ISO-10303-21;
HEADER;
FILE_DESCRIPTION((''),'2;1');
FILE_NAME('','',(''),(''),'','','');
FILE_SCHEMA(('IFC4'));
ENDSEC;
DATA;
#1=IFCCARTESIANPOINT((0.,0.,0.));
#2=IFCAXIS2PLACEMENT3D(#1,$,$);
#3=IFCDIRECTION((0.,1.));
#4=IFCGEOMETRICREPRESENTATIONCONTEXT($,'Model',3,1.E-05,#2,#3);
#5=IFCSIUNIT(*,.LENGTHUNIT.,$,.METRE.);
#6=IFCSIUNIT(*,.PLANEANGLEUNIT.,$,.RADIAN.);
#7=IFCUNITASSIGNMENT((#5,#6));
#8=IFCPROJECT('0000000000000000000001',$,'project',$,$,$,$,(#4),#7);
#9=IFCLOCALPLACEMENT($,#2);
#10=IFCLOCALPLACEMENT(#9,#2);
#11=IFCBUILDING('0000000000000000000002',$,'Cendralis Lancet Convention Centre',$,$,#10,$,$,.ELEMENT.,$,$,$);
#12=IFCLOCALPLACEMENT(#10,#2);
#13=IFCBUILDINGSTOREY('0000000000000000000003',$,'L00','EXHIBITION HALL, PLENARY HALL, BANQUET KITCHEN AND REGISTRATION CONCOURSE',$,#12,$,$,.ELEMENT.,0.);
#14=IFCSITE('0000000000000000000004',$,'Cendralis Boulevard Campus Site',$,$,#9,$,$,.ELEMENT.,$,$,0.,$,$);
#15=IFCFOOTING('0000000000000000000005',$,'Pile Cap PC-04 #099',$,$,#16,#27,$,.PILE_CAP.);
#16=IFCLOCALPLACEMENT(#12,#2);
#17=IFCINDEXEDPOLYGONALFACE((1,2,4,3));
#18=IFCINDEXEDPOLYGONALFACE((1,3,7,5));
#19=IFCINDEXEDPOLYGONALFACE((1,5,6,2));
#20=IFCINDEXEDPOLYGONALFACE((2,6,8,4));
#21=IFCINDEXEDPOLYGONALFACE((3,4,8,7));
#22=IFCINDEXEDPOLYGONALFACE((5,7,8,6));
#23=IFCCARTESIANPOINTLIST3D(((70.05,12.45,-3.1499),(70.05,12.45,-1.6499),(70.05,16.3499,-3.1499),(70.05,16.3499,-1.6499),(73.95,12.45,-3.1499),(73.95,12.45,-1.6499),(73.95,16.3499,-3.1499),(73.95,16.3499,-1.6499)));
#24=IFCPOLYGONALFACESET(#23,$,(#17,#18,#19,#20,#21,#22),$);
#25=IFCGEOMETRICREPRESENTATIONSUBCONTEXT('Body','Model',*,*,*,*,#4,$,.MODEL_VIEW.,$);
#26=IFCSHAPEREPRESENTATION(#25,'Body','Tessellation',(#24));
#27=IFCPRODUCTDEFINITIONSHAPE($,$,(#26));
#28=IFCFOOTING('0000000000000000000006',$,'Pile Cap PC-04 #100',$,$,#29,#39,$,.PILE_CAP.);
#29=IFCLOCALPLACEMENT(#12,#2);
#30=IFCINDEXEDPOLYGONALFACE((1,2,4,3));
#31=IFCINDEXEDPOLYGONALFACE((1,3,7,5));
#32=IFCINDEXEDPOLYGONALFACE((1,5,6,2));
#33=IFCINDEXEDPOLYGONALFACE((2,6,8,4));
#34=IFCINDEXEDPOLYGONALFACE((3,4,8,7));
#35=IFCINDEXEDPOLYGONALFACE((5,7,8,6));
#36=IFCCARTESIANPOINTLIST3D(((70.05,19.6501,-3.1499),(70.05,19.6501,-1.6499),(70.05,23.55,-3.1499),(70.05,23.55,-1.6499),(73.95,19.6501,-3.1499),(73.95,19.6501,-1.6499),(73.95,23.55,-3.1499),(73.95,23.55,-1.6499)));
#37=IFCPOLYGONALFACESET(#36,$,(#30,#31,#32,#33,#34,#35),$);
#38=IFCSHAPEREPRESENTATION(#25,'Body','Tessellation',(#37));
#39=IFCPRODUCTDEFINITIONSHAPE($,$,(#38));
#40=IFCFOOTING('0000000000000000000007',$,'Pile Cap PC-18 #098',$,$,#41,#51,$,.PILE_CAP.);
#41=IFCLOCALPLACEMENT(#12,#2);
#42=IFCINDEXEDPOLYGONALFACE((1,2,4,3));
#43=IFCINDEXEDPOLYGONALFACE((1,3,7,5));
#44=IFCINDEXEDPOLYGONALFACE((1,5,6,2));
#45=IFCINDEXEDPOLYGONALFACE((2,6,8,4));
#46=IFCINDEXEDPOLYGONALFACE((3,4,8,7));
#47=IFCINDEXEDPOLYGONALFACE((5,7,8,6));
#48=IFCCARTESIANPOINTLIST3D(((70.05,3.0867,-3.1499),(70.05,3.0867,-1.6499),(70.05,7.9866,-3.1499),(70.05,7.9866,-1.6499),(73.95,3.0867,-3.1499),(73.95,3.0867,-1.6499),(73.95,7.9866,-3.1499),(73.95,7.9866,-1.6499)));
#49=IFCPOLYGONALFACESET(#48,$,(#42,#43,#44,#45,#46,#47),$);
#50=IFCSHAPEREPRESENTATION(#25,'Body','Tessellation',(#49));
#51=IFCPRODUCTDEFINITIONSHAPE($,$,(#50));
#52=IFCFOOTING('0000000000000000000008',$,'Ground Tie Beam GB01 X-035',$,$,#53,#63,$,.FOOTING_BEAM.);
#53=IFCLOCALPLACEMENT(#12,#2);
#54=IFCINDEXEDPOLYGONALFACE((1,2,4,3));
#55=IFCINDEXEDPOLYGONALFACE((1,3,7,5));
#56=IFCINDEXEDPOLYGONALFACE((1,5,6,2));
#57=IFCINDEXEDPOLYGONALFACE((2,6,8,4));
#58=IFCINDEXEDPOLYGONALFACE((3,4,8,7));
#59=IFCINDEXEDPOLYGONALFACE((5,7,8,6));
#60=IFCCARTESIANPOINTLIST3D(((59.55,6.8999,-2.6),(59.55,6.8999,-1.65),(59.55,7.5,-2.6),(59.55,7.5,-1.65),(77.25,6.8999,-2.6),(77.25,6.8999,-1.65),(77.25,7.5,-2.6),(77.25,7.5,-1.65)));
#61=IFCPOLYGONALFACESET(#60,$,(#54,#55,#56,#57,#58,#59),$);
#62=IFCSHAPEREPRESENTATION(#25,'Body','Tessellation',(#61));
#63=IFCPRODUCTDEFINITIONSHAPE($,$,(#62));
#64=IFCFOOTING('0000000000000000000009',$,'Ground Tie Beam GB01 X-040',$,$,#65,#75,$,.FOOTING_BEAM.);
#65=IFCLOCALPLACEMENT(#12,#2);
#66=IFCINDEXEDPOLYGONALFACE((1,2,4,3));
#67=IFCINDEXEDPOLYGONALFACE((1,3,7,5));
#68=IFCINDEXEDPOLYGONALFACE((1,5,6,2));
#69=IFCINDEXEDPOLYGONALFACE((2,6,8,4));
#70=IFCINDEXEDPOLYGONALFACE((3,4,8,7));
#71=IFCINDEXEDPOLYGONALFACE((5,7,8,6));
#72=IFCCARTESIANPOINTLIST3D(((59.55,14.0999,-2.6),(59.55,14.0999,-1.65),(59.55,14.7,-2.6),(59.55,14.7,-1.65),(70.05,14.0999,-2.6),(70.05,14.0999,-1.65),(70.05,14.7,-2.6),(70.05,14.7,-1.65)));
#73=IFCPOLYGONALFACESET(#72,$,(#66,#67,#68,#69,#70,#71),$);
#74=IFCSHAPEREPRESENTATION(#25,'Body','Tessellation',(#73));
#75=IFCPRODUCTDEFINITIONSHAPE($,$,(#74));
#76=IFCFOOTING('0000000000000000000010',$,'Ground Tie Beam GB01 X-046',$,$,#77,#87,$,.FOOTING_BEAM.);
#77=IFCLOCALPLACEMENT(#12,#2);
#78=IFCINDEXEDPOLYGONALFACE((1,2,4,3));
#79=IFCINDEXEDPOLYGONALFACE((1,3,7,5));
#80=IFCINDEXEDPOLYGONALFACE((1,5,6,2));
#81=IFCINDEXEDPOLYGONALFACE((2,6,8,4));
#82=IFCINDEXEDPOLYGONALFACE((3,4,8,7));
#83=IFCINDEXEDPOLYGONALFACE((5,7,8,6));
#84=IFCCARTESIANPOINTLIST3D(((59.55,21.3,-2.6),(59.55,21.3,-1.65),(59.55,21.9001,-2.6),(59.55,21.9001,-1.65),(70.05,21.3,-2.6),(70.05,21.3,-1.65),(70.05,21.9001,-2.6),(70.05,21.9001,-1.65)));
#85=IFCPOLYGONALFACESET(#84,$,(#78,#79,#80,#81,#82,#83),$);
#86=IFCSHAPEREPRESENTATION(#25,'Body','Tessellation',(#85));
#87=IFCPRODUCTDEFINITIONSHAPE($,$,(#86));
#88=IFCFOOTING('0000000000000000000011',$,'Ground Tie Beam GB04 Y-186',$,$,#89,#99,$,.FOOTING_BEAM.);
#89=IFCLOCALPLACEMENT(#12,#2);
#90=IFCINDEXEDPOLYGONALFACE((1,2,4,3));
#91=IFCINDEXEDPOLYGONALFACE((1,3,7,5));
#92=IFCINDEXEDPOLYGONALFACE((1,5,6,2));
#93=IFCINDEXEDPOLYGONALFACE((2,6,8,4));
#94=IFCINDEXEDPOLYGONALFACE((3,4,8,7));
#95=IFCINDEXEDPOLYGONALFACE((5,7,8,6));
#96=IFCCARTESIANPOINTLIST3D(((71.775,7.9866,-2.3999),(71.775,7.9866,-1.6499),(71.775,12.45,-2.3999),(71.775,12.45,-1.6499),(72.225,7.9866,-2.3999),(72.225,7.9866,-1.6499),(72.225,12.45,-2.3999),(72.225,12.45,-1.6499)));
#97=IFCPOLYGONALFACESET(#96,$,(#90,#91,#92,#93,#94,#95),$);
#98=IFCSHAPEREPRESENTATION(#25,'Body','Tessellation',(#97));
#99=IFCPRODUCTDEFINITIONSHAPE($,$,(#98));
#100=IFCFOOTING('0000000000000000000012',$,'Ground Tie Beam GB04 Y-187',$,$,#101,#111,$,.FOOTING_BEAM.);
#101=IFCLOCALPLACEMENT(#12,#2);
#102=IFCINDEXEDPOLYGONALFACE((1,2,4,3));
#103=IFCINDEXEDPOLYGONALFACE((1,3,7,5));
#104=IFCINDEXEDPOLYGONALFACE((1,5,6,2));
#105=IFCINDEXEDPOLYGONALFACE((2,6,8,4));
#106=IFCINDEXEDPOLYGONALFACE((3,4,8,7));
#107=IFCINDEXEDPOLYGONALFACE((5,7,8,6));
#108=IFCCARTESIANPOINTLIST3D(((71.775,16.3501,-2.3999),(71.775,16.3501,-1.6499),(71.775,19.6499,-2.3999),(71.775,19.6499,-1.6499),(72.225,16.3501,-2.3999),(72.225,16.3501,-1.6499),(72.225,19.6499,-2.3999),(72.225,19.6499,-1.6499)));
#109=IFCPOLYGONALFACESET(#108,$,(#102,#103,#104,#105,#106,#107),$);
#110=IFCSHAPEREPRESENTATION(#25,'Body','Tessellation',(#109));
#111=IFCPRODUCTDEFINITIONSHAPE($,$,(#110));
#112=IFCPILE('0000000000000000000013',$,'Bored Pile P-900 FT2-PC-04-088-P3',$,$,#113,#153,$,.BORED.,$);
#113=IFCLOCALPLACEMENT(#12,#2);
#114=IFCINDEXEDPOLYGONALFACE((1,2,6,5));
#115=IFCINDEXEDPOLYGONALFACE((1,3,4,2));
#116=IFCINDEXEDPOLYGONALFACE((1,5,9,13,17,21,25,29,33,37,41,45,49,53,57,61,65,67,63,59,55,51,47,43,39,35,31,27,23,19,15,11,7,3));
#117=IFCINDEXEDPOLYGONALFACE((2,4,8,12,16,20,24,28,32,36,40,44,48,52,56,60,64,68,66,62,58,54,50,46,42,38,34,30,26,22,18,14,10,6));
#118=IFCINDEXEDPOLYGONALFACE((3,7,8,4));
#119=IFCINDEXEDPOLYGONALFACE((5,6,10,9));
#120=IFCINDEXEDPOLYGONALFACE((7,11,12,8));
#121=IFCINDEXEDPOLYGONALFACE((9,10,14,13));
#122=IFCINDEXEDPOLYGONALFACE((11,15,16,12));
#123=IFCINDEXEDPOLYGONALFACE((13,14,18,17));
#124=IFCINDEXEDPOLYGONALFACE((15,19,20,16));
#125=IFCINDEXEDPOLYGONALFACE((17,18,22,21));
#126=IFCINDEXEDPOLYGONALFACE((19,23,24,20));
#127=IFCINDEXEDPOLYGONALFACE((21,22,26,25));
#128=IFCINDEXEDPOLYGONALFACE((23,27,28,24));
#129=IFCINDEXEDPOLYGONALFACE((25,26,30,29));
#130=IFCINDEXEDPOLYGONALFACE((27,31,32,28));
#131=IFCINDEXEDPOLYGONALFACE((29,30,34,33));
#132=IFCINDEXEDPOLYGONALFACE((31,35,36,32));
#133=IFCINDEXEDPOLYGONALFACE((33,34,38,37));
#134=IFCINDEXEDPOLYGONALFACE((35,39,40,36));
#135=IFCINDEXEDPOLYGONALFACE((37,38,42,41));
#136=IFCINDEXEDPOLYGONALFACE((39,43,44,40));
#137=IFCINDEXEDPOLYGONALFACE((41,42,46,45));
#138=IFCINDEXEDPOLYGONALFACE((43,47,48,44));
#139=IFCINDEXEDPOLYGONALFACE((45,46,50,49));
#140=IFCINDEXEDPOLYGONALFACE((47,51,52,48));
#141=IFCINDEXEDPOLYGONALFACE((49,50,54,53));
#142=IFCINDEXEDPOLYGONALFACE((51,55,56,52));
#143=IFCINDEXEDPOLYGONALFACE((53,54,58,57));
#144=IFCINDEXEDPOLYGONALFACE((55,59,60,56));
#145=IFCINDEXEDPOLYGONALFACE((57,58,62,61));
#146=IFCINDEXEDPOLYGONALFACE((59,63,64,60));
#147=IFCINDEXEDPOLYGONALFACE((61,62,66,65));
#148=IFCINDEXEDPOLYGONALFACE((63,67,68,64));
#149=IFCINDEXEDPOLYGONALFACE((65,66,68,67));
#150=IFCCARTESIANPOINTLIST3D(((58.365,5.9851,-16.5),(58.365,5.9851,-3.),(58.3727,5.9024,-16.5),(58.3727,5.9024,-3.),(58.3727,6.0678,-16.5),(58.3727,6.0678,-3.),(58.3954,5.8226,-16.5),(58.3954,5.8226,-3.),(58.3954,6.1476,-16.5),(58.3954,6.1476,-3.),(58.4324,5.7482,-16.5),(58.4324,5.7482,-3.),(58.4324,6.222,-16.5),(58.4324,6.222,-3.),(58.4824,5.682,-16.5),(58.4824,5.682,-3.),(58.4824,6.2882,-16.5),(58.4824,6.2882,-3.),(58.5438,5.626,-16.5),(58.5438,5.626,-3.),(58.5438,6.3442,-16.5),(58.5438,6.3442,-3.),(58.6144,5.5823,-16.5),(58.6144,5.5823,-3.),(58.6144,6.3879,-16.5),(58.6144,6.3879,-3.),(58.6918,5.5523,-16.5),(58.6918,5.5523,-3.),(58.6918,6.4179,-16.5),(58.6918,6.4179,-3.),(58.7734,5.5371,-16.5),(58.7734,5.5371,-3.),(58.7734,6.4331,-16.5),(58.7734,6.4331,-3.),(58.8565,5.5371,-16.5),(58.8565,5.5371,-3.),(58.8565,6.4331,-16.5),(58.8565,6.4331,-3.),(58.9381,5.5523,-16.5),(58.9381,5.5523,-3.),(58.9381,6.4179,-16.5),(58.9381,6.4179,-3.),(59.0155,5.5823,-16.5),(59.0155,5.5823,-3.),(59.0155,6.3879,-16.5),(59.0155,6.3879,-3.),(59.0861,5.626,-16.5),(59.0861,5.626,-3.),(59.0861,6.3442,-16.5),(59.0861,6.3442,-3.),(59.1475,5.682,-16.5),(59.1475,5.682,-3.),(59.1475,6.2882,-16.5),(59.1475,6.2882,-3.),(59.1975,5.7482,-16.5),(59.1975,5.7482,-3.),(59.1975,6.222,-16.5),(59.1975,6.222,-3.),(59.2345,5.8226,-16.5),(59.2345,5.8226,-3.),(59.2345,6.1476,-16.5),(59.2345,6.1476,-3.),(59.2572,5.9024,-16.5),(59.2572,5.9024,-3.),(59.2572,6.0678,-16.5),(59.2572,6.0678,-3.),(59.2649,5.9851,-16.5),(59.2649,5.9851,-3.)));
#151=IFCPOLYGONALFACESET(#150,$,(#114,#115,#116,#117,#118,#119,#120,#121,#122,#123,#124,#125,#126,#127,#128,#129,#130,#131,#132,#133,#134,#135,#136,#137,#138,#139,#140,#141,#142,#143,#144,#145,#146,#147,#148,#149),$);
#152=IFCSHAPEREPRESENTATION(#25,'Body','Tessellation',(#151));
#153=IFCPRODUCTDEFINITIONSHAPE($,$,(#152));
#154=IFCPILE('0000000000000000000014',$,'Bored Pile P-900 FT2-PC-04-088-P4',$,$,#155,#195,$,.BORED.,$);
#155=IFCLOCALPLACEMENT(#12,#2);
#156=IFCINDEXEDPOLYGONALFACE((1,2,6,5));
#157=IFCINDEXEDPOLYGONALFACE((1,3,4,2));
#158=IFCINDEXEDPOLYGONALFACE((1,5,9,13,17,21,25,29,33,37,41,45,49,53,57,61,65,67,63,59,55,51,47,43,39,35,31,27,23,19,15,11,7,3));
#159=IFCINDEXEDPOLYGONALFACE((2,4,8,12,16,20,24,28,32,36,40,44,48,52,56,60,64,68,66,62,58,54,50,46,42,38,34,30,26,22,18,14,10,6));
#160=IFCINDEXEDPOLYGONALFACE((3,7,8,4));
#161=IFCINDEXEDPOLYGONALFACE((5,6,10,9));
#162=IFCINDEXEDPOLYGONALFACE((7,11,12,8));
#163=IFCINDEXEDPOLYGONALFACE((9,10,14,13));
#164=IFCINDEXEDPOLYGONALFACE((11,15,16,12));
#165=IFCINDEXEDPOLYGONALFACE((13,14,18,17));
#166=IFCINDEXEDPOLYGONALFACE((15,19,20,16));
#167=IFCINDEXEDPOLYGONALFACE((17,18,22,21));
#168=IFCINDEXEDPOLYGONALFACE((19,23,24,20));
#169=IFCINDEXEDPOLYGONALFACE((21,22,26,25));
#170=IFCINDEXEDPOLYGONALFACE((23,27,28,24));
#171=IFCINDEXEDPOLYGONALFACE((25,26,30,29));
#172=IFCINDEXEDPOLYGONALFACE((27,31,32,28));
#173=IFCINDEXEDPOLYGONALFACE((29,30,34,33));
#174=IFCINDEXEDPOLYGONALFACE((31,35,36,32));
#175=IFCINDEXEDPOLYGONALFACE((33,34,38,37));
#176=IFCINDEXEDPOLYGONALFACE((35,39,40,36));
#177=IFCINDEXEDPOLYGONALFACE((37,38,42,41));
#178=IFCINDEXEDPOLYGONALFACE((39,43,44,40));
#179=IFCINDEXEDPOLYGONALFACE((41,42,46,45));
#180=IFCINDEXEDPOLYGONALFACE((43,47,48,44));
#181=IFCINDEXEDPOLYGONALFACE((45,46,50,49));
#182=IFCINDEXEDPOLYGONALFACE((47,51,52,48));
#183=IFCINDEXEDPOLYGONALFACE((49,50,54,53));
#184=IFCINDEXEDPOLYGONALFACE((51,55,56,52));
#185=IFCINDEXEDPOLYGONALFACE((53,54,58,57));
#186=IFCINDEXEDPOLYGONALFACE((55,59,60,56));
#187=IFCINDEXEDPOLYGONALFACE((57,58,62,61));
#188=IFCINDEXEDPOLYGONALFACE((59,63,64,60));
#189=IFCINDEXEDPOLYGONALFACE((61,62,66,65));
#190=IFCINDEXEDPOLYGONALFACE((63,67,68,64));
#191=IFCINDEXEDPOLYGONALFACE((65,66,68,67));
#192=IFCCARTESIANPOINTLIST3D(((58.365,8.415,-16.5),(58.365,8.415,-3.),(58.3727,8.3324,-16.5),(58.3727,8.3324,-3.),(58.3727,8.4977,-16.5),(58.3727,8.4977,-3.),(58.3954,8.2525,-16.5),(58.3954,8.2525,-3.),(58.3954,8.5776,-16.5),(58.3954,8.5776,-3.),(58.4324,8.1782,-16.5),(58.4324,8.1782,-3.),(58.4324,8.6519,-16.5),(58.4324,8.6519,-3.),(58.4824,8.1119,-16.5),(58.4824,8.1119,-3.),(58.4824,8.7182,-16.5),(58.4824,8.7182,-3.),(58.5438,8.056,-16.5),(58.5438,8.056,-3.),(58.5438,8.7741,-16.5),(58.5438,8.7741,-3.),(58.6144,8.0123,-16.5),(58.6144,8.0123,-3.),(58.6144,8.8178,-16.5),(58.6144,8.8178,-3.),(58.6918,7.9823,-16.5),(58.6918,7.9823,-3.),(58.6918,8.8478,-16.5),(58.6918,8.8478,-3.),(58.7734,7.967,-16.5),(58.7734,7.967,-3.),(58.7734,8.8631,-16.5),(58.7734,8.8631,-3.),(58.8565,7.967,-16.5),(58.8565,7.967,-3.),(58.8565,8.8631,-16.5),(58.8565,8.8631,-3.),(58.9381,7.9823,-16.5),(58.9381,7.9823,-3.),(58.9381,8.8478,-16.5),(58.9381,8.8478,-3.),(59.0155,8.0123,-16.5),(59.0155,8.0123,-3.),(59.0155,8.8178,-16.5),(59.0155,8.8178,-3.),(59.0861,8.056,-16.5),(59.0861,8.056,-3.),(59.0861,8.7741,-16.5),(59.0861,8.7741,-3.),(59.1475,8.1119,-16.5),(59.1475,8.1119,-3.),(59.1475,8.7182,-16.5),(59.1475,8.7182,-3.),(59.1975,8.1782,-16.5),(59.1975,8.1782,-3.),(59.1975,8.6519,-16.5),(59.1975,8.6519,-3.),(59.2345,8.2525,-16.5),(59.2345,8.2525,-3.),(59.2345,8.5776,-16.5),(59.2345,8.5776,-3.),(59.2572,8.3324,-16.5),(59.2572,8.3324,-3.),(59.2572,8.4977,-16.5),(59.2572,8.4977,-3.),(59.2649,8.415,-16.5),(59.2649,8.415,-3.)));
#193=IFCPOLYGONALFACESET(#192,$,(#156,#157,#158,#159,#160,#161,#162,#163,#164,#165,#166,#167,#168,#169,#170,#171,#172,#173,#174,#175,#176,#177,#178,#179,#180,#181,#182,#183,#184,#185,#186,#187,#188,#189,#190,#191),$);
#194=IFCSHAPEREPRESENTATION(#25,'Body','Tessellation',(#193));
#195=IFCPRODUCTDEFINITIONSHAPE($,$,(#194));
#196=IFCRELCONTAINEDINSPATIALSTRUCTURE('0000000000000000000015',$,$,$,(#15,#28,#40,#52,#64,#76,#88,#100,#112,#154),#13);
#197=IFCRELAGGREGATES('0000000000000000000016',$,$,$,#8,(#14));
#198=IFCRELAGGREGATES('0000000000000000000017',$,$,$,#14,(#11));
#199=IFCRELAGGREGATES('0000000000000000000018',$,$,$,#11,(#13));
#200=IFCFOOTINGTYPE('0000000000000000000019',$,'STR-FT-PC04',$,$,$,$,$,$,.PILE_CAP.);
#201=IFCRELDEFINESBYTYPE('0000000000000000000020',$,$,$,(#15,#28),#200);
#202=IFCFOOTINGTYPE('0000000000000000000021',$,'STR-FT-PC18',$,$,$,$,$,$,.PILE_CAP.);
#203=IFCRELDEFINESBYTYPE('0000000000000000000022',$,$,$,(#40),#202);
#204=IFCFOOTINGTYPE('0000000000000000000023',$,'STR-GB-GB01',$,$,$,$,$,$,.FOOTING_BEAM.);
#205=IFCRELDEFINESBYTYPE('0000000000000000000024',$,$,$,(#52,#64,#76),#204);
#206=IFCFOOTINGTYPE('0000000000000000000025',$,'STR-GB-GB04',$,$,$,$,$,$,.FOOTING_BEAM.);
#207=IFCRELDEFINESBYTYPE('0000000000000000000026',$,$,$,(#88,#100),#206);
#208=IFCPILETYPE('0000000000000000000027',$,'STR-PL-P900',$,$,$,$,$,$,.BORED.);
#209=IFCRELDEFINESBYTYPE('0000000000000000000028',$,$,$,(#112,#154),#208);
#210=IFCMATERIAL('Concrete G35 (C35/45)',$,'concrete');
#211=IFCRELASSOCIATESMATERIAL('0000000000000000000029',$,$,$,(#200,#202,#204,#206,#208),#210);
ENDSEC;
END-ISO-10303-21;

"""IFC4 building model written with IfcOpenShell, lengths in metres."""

from ifc_helpers import new_model, si_unit, direction, frame, origin, origin_2d, place, context, subcontext, project, spatial, rectangle, circle, extrude, material, material_profile, profile_set, type_object, element, save


model = new_model("IFC4")

# Units and contexts
model_context = context("Model", 3, precision=1e-05, world=origin(), true_north=direction((0.0, 1.0)))
body_context = subcontext(model_context, "Body", "Model", "MODEL_VIEW")
ifc_project = project(units=[si_unit("LENGTHUNIT", "METRE"), si_unit("PLANEANGLEUNIT", "RADIAN")], contexts=[model_context])

# Site, building, storey
site_placement = place(None, origin())
site = spatial("IfcSite", under=ifc_project, at=site_placement, Name="Cendralis Boulevard Campus Site", CompositionType="ELEMENT", RefElevation=0.0)
building_placement = place(site_placement, origin())
building = spatial("IfcBuilding", under=site, at=building_placement, Name="Cendralis Lancet Convention Centre", CompositionType="ELEMENT")
storey_placement = place(building_placement, origin())
storey = spatial("IfcBuildingStorey", under=building, at=storey_placement, Name="L00", Description="EXHIBITION HALL, PLENARY HALL, BANQUET KITCHEN AND REGISTRATION CONCOURSE", CompositionType="ELEMENT", Elevation=0.0)

# Footings
ifc_material_1 = material(Name="Concrete G35 (C35/45)", Category="concrete")
footing_type_1 = type_object("IfcFootingType", Name="STR-FT-PC04", PredefinedType="PILE_CAP", material=ifc_material_1)
for number, where, z_axis, x_axis, name in (
    (1, (72.0, 14.3999, -3.1499), (0.0, 0.0, 1.0), (1.0, 0.0, 0.0), "Pile Cap PC-04 #099"),
    (2, (72.0, 21.6001, -3.1499), (0.0, 0.0, 1.0), (1.0, 0.0, 0.0), "Pile Cap PC-04 #100"),
):
    element("IfcFooting", number, at=place(storey_placement, frame(where, z_axis=z_axis, x_axis=x_axis)), inside=storey, type_object=footing_type_1, Name=name, PredefinedType="PILE_CAP", context=body_context, shape_type="SweptSolid", body=[
        extrude(rectangle(XDim=3.8999, YDim=3.8999, at=origin_2d()), origin(), (0.0, 0.0, 1.0), 1.5),
    ])
footing_type_2 = type_object("IfcFootingType", Name="STR-FT-PC18", PredefinedType="PILE_CAP", material=ifc_material_1)
footing_1_placement = place(storey_placement, frame((72.0, 5.5366, -3.1499), z_axis=(0.0, 0.0, 1.0), x_axis=(1.0, 0.0, 0.0)))
element("IfcFooting", 3, at=footing_1_placement, inside=storey, type_object=footing_type_2, Name="Pile Cap PC-18 #098", PredefinedType="PILE_CAP", context=body_context, shape_type="SweptSolid", body=[
    extrude(rectangle(XDim=3.8999, YDim=4.8999, at=origin_2d()), origin(), (0.0, 0.0, 1.0), 1.5),
])
ifc_material_profile_1 = material_profile(ifc_material_1, rectangle(XDim=0.6001, YDim=0.95, at=origin_2d()), Name="RCB 600x950")
ifc_profile_set_1 = profile_set([ifc_material_profile_1], Name="Concrete G35 (C35/45)")
footing_type_3 = type_object("IfcFootingType", Name="STR-GB-GB01", PredefinedType="FOOTING_BEAM", material=ifc_profile_set_1)
footing_2_placement = place(storey_placement, frame((59.55, 7.2, -2.125), z_axis=(1.0, 0.0, 0.0), x_axis=(0.0, 1.0, 0.0)))
element("IfcFooting", 4, at=footing_2_placement, inside=storey, type_object=footing_type_3, Name="Ground Tie Beam GB01 X-035", PredefinedType="FOOTING_BEAM", context=body_context, shape_type="SweptSolid", body=[
    extrude(rectangle(XDim=0.6001, YDim=0.95, at=origin_2d()), origin(), (0.0, 0.0, 1.0), 17.7),
])
for number, where, z_axis, x_axis, name in (
    (5, (59.55, 14.3999, -2.125), (1.0, 0.0, 0.0), (0.0, 1.0, 0.0), "Ground Tie Beam GB01 X-040"),
    (6, (59.55, 21.6001, -2.125), (1.0, 0.0, 0.0), (0.0, 1.0, 0.0), "Ground Tie Beam GB01 X-046"),
):
    element("IfcFooting", number, at=place(storey_placement, frame(where, z_axis=z_axis, x_axis=x_axis)), inside=storey, type_object=footing_type_3, Name=name, PredefinedType="FOOTING_BEAM", context=body_context, shape_type="SweptSolid", body=[
        extrude(rectangle(XDim=0.6001, YDim=0.95, at=origin_2d()), origin(), (0.0, 0.0, 1.0), 10.5),
    ])
ifc_material_profile_2 = material_profile(ifc_material_1, rectangle(XDim=0.45, YDim=0.75, at=origin_2d()), Name="RCB 450x750")
ifc_profile_set_2 = profile_set([ifc_material_profile_2], Name="Concrete G35 (C35/45)")
footing_type_4 = type_object("IfcFootingType", Name="STR-GB-GB04", PredefinedType="FOOTING_BEAM", material=ifc_profile_set_2)
footing_3_placement = place(storey_placement, frame((72.0, 7.9866, -2.0249), z_axis=(0.0, 1.0, 0.0), x_axis=(-1.0, 0.0, 0.0)))
element("IfcFooting", 7, at=footing_3_placement, inside=storey, type_object=footing_type_4, Name="Ground Tie Beam GB04 Y-186", PredefinedType="FOOTING_BEAM", context=body_context, shape_type="SweptSolid", body=[
    extrude(rectangle(XDim=0.45, YDim=0.75, at=origin_2d()), origin(), (0.0, 0.0, 1.0), 4.4634),
])
footing_4_placement = place(storey_placement, frame((72.0, 16.3501, -2.0249), z_axis=(0.0, 1.0, 0.0), x_axis=(-1.0, 0.0, 0.0)))
element("IfcFooting", 8, at=footing_4_placement, inside=storey, type_object=footing_type_4, Name="Ground Tie Beam GB04 Y-187", PredefinedType="FOOTING_BEAM", context=body_context, shape_type="SweptSolid", body=[
    extrude(rectangle(XDim=0.45, YDim=0.75, at=origin_2d()), origin(), (0.0, 0.0, 1.0), 3.2998),
])

# Piles
ifc_material_profile_3 = material_profile(ifc_material_1, circle(Radius=0.45, at=origin_2d()), Name="BORED PILE D900")
ifc_profile_set_3 = profile_set([ifc_material_profile_3], Name="Concrete G35 (C35/45)")
pile_type = type_object("IfcPileType", Name="STR-PL-P900", PredefinedType="BORED", material=ifc_profile_set_3)
for number, where, z_axis, x_axis, name in (
    (9, (58.8149, 5.9851, -3.0), (0.0, 0.0, -1.0), (1.0, 0.0, 0.0), "Bored Pile P-900 FT2-PC-04-088-P3"),
    (10, (58.8149, 8.415, -3.0), (0.0, 0.0, -1.0), (1.0, 0.0, 0.0), "Bored Pile P-900 FT2-PC-04-088-P4"),
):
    element("IfcPile", number, at=place(storey_placement, frame(where, z_axis=z_axis, x_axis=x_axis)), inside=storey, type_object=pile_type, Name=name, PredefinedType="BORED", context=body_context, shape_type="SweptSolid", body=[
        extrude(circle(Radius=0.45, at=origin_2d()), origin(), (0.0, 0.0, 1.0), 13.5),
    ])

save(model, "model.ifc")
